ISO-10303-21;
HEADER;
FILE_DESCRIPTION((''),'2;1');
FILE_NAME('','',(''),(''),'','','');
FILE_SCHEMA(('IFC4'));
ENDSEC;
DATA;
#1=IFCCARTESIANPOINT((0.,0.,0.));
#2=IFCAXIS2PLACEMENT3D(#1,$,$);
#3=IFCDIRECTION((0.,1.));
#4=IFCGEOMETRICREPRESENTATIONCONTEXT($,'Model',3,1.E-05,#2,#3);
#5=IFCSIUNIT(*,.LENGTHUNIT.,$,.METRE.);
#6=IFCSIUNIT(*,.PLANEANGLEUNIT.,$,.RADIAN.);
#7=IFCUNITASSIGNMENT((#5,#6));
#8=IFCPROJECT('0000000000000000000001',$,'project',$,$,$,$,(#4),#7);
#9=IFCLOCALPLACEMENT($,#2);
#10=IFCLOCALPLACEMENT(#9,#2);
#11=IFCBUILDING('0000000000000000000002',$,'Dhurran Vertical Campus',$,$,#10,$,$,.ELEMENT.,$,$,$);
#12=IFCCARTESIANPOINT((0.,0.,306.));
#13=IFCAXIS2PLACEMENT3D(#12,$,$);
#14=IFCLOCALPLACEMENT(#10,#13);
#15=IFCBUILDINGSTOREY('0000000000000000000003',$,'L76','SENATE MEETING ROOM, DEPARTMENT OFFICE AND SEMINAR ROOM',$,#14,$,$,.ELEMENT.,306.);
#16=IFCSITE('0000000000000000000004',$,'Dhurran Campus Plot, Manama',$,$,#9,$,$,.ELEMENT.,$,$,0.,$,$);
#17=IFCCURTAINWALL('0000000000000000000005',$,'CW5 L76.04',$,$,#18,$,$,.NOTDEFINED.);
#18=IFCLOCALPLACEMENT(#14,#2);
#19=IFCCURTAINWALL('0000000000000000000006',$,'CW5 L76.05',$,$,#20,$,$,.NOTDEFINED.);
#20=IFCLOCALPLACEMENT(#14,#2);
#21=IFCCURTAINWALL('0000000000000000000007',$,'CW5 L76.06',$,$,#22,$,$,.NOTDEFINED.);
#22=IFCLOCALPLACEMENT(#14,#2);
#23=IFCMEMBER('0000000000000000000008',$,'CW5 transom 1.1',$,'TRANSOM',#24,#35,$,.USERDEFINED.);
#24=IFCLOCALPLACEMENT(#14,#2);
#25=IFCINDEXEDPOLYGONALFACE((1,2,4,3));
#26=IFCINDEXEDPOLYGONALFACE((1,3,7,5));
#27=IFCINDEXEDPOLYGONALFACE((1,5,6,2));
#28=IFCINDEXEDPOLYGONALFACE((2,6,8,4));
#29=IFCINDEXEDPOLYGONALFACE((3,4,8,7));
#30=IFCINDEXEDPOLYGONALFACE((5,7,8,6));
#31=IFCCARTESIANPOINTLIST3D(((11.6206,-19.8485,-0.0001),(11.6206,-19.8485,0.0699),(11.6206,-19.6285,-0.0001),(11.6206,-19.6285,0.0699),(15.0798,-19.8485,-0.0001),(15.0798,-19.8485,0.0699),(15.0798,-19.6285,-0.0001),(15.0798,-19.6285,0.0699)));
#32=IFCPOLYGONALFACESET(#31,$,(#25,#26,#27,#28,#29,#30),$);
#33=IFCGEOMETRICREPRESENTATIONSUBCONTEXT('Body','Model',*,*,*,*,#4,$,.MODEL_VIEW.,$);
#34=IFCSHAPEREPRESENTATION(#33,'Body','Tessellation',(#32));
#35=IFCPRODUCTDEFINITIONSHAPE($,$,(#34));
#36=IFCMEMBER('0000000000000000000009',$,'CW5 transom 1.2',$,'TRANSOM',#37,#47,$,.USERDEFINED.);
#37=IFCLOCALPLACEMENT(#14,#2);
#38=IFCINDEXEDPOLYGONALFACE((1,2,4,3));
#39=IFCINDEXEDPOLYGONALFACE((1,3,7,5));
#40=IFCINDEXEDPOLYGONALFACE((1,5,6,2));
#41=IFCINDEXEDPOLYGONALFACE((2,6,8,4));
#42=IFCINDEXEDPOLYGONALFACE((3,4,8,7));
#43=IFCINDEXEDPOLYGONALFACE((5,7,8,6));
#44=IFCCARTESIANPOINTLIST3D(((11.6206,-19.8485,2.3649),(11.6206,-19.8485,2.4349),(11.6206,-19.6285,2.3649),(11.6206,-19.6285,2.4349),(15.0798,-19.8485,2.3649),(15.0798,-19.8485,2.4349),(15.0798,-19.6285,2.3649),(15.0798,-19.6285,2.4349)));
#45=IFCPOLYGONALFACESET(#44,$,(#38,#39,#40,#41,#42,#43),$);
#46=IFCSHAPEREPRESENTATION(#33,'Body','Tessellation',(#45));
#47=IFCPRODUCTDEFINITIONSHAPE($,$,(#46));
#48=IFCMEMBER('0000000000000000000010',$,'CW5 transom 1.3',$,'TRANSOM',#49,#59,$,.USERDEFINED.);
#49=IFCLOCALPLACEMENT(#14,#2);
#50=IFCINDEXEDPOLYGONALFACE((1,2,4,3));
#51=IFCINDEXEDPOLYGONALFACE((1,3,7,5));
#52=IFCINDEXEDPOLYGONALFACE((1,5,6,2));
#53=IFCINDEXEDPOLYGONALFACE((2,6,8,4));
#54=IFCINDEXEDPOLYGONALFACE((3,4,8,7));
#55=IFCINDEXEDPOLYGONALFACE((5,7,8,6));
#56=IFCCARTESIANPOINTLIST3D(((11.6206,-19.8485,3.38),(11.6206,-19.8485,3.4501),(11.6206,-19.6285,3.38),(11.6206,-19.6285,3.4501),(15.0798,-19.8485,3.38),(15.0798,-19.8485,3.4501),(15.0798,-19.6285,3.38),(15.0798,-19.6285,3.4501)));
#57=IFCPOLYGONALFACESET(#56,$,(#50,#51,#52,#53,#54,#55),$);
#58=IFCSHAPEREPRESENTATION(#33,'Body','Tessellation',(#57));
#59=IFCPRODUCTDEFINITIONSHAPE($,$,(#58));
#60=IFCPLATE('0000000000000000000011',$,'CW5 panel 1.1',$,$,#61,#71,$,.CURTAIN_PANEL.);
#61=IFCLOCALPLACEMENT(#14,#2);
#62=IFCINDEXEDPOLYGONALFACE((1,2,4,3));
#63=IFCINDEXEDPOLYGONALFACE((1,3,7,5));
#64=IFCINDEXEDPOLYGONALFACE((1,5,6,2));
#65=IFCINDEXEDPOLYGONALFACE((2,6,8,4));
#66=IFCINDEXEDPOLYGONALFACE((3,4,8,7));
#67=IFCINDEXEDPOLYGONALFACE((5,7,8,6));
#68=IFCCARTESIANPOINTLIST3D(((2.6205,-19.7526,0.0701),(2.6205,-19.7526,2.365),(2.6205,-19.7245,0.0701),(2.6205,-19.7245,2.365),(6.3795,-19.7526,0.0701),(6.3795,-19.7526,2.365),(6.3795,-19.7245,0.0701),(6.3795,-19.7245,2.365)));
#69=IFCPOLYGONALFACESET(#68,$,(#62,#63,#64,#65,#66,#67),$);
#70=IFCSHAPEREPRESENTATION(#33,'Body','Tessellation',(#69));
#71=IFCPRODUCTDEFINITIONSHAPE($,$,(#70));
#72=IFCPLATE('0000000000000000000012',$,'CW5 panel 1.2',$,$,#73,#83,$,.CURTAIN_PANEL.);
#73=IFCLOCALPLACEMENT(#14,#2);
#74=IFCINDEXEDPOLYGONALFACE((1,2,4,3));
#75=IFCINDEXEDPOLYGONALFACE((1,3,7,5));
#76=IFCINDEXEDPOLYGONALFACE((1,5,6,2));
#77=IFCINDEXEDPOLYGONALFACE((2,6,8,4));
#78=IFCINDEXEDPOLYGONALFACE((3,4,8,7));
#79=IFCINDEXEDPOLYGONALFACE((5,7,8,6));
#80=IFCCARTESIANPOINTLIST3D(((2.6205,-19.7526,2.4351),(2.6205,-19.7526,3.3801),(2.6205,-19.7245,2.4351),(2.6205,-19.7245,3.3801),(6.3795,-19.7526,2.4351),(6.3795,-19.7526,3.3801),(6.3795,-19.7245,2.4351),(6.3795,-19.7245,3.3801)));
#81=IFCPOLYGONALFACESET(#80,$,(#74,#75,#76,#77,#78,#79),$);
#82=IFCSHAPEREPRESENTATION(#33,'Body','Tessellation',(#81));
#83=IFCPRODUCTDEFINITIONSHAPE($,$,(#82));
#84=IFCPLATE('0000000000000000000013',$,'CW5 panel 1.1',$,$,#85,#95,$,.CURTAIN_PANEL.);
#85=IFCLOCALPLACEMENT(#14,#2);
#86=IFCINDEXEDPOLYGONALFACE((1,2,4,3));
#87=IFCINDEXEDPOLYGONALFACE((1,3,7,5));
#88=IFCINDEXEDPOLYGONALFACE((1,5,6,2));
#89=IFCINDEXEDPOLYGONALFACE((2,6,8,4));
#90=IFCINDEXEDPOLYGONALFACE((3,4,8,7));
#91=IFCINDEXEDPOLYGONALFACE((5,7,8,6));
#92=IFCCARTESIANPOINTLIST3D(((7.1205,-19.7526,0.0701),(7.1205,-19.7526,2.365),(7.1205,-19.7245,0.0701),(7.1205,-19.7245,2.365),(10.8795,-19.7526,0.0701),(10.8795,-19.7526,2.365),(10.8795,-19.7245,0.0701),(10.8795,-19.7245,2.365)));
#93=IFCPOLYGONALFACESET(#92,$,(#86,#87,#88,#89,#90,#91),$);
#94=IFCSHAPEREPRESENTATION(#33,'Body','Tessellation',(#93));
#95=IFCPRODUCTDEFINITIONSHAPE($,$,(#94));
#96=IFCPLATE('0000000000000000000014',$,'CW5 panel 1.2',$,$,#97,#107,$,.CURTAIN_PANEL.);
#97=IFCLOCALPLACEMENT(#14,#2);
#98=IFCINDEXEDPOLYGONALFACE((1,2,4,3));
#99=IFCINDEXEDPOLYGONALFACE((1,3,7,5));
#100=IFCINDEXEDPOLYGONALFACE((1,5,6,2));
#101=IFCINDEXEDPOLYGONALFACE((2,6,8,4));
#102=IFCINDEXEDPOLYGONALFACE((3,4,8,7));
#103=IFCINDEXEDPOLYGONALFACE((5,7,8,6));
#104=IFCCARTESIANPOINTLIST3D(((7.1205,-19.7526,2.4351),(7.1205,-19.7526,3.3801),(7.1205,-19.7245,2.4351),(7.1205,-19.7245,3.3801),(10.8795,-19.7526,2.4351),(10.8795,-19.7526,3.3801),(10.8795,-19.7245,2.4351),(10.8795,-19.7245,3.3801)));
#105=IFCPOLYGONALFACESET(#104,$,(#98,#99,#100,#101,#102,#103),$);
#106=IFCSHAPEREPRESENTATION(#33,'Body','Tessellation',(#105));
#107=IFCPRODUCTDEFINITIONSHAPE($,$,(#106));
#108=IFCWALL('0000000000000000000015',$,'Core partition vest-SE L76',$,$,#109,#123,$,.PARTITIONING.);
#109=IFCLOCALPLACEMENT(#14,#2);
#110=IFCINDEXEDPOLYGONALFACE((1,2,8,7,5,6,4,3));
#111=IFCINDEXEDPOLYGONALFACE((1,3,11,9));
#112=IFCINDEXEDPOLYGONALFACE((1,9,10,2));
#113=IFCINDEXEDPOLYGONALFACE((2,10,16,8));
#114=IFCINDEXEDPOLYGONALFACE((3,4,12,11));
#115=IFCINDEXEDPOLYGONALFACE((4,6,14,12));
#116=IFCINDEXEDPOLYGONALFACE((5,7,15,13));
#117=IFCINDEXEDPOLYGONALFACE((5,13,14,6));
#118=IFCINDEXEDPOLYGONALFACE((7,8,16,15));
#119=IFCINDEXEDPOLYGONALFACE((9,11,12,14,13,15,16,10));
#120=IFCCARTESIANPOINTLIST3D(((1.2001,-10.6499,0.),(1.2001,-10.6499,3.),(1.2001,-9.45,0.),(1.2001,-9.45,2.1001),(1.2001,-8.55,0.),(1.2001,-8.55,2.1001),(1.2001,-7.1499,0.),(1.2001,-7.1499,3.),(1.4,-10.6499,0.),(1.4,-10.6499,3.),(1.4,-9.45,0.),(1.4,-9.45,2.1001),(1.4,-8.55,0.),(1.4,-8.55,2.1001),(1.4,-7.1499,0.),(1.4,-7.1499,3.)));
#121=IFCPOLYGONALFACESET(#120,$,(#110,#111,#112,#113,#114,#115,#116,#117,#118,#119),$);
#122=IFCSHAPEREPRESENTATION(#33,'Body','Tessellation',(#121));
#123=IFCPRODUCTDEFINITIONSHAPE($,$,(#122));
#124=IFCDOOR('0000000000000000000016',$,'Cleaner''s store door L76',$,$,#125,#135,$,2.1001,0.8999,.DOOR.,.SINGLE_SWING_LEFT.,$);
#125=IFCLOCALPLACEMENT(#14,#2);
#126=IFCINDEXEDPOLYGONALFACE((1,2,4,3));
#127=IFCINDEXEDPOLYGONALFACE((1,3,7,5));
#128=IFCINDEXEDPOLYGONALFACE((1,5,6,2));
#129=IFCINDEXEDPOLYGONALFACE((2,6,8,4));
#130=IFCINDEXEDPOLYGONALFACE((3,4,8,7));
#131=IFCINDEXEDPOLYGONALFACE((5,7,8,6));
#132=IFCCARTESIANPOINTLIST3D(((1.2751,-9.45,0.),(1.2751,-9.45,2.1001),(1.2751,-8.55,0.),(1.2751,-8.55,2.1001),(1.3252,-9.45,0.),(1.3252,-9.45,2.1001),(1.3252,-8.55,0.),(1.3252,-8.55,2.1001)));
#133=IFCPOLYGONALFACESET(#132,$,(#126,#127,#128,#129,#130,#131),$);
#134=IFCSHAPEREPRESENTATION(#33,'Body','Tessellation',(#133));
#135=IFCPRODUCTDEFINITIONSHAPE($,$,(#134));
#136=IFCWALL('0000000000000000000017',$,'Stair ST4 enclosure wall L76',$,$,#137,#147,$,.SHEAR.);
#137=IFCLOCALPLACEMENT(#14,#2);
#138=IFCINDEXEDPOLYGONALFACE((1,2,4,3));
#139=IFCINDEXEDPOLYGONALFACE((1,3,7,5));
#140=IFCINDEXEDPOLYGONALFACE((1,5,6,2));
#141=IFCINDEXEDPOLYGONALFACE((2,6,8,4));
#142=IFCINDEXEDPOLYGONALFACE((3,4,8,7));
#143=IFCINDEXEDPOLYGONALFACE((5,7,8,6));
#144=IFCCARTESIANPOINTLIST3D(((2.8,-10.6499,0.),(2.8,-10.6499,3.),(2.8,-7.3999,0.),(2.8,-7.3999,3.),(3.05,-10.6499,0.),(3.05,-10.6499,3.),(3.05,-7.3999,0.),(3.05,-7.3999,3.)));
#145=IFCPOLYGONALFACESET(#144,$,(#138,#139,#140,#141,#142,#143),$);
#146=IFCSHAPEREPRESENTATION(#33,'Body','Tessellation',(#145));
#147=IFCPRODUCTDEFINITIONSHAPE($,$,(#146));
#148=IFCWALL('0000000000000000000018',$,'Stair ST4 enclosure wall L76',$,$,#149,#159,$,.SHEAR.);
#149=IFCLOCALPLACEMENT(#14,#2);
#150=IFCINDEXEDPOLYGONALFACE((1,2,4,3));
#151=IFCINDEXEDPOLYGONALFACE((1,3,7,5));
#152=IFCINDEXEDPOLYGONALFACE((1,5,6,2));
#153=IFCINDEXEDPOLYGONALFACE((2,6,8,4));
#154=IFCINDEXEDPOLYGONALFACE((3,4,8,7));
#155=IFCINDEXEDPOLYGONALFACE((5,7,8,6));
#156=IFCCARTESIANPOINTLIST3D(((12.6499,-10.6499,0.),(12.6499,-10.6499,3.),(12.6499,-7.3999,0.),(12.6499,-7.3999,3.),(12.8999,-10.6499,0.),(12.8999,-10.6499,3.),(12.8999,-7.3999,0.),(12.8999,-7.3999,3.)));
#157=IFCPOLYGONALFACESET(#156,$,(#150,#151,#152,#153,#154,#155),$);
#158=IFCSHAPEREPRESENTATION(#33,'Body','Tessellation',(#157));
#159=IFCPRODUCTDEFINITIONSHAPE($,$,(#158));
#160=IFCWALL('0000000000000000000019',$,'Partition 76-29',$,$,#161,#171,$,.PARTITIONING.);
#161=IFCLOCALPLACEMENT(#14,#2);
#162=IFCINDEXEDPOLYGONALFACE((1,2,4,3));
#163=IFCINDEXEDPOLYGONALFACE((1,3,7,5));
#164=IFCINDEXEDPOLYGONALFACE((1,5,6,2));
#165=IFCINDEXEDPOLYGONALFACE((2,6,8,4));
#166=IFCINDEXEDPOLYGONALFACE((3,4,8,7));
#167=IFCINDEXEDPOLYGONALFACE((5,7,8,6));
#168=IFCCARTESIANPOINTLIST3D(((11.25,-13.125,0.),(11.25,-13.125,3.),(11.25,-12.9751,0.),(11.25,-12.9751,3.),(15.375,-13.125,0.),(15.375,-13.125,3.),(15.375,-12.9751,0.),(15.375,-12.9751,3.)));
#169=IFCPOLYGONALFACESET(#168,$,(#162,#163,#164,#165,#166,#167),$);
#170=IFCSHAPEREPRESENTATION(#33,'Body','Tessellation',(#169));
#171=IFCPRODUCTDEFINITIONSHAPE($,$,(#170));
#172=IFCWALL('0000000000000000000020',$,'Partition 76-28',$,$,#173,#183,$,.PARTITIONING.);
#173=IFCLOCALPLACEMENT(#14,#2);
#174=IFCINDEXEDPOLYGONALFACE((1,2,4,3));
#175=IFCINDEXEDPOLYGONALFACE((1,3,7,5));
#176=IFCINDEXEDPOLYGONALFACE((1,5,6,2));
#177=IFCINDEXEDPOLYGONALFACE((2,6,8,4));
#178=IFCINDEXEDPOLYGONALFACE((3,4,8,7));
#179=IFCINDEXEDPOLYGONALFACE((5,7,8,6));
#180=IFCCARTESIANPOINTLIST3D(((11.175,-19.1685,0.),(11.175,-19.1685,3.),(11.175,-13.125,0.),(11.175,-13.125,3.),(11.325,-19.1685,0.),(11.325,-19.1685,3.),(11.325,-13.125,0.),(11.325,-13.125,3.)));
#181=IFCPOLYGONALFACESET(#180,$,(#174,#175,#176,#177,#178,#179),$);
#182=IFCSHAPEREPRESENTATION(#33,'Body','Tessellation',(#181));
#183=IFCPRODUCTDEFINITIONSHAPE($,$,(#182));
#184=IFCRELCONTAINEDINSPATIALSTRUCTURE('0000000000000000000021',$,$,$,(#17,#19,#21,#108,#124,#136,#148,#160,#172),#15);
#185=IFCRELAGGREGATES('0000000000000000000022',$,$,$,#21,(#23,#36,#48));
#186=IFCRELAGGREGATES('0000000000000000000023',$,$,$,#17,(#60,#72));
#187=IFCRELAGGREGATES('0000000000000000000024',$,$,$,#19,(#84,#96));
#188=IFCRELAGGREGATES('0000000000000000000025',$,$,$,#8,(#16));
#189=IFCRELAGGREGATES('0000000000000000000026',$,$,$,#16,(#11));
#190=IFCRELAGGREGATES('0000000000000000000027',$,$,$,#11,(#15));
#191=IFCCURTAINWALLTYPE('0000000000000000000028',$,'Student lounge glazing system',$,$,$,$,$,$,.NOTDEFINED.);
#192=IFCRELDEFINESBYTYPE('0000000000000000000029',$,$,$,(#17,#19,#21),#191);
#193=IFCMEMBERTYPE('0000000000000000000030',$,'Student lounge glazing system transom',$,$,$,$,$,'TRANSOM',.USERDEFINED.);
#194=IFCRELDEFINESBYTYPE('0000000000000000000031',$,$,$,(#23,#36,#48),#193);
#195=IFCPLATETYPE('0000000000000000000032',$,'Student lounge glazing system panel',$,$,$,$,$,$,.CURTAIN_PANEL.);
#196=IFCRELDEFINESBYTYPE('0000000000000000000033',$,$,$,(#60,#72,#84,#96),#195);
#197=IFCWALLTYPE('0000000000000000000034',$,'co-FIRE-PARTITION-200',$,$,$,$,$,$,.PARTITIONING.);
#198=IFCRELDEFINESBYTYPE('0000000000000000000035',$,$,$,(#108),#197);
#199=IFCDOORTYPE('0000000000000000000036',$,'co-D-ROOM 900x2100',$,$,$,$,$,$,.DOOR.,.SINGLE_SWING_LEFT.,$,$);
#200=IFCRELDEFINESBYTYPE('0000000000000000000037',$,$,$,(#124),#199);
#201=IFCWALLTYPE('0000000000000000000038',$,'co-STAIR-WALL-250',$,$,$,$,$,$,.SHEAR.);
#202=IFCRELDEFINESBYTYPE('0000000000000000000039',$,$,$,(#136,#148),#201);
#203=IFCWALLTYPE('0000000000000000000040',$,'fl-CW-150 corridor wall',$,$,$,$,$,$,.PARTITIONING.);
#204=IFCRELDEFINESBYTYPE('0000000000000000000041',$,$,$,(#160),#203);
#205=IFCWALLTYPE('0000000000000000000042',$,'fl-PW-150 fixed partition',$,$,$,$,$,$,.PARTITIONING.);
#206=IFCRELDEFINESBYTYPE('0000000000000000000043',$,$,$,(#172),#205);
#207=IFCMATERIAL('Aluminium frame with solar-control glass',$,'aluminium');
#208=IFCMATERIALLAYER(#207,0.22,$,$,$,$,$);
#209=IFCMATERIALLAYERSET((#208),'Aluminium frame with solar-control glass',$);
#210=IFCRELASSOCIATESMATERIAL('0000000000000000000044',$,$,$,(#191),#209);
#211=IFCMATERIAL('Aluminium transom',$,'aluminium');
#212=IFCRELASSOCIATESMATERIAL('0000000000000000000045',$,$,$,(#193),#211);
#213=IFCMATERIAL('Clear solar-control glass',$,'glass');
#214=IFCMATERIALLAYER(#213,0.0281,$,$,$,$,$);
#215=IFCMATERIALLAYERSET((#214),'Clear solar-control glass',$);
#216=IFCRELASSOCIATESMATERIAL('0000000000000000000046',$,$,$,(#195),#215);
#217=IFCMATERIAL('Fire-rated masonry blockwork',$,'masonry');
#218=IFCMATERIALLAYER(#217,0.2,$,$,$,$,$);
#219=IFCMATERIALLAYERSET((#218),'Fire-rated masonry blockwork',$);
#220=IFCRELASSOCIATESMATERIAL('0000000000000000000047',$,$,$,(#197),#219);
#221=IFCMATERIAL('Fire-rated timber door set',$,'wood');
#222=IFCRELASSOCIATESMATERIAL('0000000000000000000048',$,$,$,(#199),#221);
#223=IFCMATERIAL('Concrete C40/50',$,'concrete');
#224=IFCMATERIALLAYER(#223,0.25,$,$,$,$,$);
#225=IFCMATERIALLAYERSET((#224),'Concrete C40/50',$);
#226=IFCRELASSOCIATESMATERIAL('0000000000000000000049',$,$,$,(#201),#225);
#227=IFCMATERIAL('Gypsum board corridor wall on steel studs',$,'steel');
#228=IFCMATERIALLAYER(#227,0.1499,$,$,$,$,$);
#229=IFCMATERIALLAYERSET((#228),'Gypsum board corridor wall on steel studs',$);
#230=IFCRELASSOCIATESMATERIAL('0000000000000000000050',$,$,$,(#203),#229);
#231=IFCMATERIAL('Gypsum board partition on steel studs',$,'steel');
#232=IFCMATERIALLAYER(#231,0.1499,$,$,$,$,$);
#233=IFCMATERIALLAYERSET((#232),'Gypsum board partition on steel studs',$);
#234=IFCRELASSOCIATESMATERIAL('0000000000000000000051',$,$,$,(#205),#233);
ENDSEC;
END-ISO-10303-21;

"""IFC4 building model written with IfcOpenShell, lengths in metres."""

from ifc_helpers import new_model, si_unit, direction, frame, frame_2d, origin, origin_2d, place, context, subcontext, project, spatial, rectangle, extrude, material, layer, layer_set, material_profile, profile_set, type_object, element, fill, aggregate, save


model = new_model("IFC4")

# Units and contexts
model_context = context("Model", 3, precision=1e-05, world=origin(), true_north=direction((0.0, 1.0)))
body_context = subcontext(model_context, "Body", "Model", "MODEL_VIEW")
ifc_project = project(units=[si_unit("LENGTHUNIT", "METRE"), si_unit("PLANEANGLEUNIT", "RADIAN")], contexts=[model_context])

# Site, building, storey
site_placement = place(None, origin())
site = spatial("IfcSite", under=ifc_project, at=site_placement, Name="Dhurran Campus Plot, Manama", CompositionType="ELEMENT", RefElevation=0.0)
building_placement = place(site_placement, origin())
building = spatial("IfcBuilding", under=site, at=building_placement, Name="Dhurran Vertical Campus", CompositionType="ELEMENT")
storey_placement = place(building_placement, frame((0.0, 0.0, 306.0)))
storey = spatial("IfcBuildingStorey", under=building, at=storey_placement, Name="L76", Description="SENATE MEETING ROOM, DEPARTMENT OFFICE AND SEMINAR ROOM", CompositionType="ELEMENT", Elevation=306.0)

# Shared definitions
ifc_material_1 = material(Name="Aluminium frame with solar-control glass", Category="aluminium")
ifc_layer_1 = layer(ifc_material_1, 0.22)
ifc_layer_set_1 = layer_set([ifc_layer_1], Name="Aluminium frame with solar-control glass")
curtain_wall_type = type_object("IfcCurtainWallType", Name="Student lounge glazing system", PredefinedType="NOTDEFINED", material=ifc_layer_set_1)

# Curtain walls
curtain_wall_1_placement = place(storey_placement, origin())
curtain_wall_1 = element("IfcCurtainWall", 1, at=curtain_wall_1_placement, inside=storey, type_object=curtain_wall_type, Name="CW5 L76.04", PredefinedType="NOTDEFINED")
curtain_wall_2_placement = place(storey_placement, origin())
curtain_wall_2 = element("IfcCurtainWall", 2, at=curtain_wall_2_placement, inside=storey, type_object=curtain_wall_type, Name="CW5 L76.05", PredefinedType="NOTDEFINED")

# Curtain wall
curtain_wall_3_placement = place(storey_placement, origin())
curtain_wall_3 = element("IfcCurtainWall", 3, at=curtain_wall_3_placement, inside=storey, type_object=curtain_wall_type, Name="CW5 L76.06", PredefinedType="NOTDEFINED")

# Members
ifc_material_2 = material(Name="Aluminium transom", Category="aluminium")
ifc_material_profile_1 = material_profile(ifc_material_2, rectangle(XDim=0.22, YDim=0.0701, at=origin_2d()), Name="Student lounge glazing system transom")
ifc_profile_set_1 = profile_set([ifc_material_profile_1], Name="Aluminium transom")
member_type_1 = type_object("IfcMemberType", Name="Student lounge glazing system transom", ElementType="TRANSOM", PredefinedType="USERDEFINED", material=ifc_profile_set_1)
member_1_placement = place(storey_placement, frame((11.6206, -19.7385, 0.0349), z_axis=(1.0, 0.0, 0.0), x_axis=(0.0, 1.0, 0.0)))
member_1 = element("IfcMember", 4, at=member_1_placement, type_object=member_type_1, Name="CW5 transom 1.1", ObjectType="TRANSOM", PredefinedType="USERDEFINED", context=body_context, shape_type="SweptSolid", body=[
    extrude(rectangle(XDim=0.22, YDim=0.0701, at=origin_2d()), origin(), (0.0, 0.0, 1.0), 3.4592),
])
member_2_placement = place(storey_placement, frame((11.6206, -19.7385, 2.3999), z_axis=(1.0, 0.0, 0.0), x_axis=(0.0, 1.0, 0.0)))
member_2 = element("IfcMember", 5, at=member_2_placement, type_object=member_type_1, Name="CW5 transom 1.2", ObjectType="TRANSOM", PredefinedType="USERDEFINED", context=body_context, shape_type="SweptSolid", body=[
    extrude(rectangle(XDim=0.22, YDim=0.0701, at=origin_2d()), origin(), (0.0, 0.0, 1.0), 3.4592),
])
member_3_placement = place(storey_placement, frame((11.6206, -19.7385, 3.415), z_axis=(1.0, 0.0, 0.0), x_axis=(0.0, 1.0, 0.0)))
member_3 = element("IfcMember", 6, at=member_3_placement, type_object=member_type_1, Name="CW5 transom 1.3", ObjectType="TRANSOM", PredefinedType="USERDEFINED", context=body_context, shape_type="SweptSolid", body=[
    extrude(rectangle(XDim=0.22, YDim=0.0701, at=origin_2d()), origin(), (0.0, 0.0, 1.0), 3.4592),
])
aggregate(curtain_wall_3, [member_1, member_2, member_3])

# Plates
ifc_material_3 = material(Name="Clear solar-control glass", Category="glass")
ifc_layer_2 = layer(ifc_material_3, 0.0281)
ifc_layer_set_2 = layer_set([ifc_layer_2], Name="Clear solar-control glass")
plate_type = type_object("IfcPlateType", Name="Student lounge glazing system panel", PredefinedType="CURTAIN_PANEL", material=ifc_layer_set_2)
plate_1_placement = place(storey_placement, frame((4.5, -19.7385, 0.0701), z_axis=(0.0, 0.0, 1.0), x_axis=(1.0, 0.0, 0.0)))
plate_1 = element("IfcPlate", 7, at=plate_1_placement, type_object=plate_type, Name="CW5 panel 1.1", PredefinedType="CURTAIN_PANEL", context=body_context, shape_type="SweptSolid", body=[
    extrude(rectangle(XDim=3.759, YDim=0.0281, at=origin_2d()), origin(), (0.0, 0.0, 1.0), 2.2949),
])
plate_2_placement = place(storey_placement, frame((4.5, -19.7385, 2.4351), z_axis=(0.0, 0.0, 1.0), x_axis=(1.0, 0.0, 0.0)))
plate_2 = element("IfcPlate", 8, at=plate_2_placement, type_object=plate_type, Name="CW5 panel 1.2", PredefinedType="CURTAIN_PANEL", context=body_context, shape_type="SweptSolid", body=[
    extrude(rectangle(XDim=3.759, YDim=0.0281, at=origin_2d()), origin(), (0.0, 0.0, 1.0), 0.9451),
])
aggregate(curtain_wall_1, [plate_1, plate_2])
plate_3_placement = place(storey_placement, frame((9.0, -19.7385, 0.0701), z_axis=(0.0, 0.0, 1.0), x_axis=(1.0, 0.0, 0.0)))
plate_3 = element("IfcPlate", 9, at=plate_3_placement, type_object=plate_type, Name="CW5 panel 1.1", PredefinedType="CURTAIN_PANEL", context=body_context, shape_type="SweptSolid", body=[
    extrude(rectangle(XDim=3.759, YDim=0.0281, at=origin_2d()), origin(), (0.0, 0.0, 1.0), 2.2949),
])
plate_4_placement = place(storey_placement, frame((9.0, -19.7385, 2.4351), z_axis=(0.0, 0.0, 1.0), x_axis=(1.0, 0.0, 0.0)))
plate_4 = element("IfcPlate", 10, at=plate_4_placement, type_object=plate_type, Name="CW5 panel 1.2", PredefinedType="CURTAIN_PANEL", context=body_context, shape_type="SweptSolid", body=[
    extrude(rectangle(XDim=3.759, YDim=0.0281, at=origin_2d()), origin(), (0.0, 0.0, 1.0), 0.9451),
])
aggregate(curtain_wall_2, [plate_3, plate_4])

# Wall, opening, door
ifc_material_4 = material(Name="Fire-rated masonry blockwork", Category="masonry")
ifc_layer_3 = layer(ifc_material_4, 0.2)
ifc_layer_set_3 = layer_set([ifc_layer_3], Name="Fire-rated masonry blockwork")
wall_type_1 = type_object("IfcWallType", Name="co-FIRE-PARTITION-200", PredefinedType="PARTITIONING", material=ifc_layer_set_3)
wall_1_placement = place(storey_placement, frame((1.3, -10.6499, 0.0), z_axis=(0.0, 0.0, 1.0), x_axis=(0.0, 1.0, 0.0)))
wall_1 = element("IfcWall", 11, at=wall_1_placement, inside=storey, type_object=wall_type_1, Name="Core partition vest-SE L76", PredefinedType="PARTITIONING", context=body_context, shape_type="SweptSolid", body=[
    extrude(rectangle(XDim=3.5, YDim=0.2, at=frame_2d((1.75, 0.0))), origin(), (0.0, 0.0, 1.0), 3.0),
])
opening_placement = place(wall_1_placement, frame((1.2, 0.0, 0.0)))
opening = element("IfcOpeningElement", 12, at=opening_placement, cuts=wall_1, PredefinedType="OPENING", context=body_context, shape_type="SweptSolid", body=[
    extrude(rectangle(XDim=0.8999, YDim=2.1001, at=frame_2d((0.45, 1.05))), frame((0.0, 0.1099, 0.0), z_axis=(0.0, -1.0, 0.0), x_axis=(1.0, 0.0, 0.0)), (0.0, 0.0, 1.0), 0.22),
])
ifc_material_5 = material(Name="Fire-rated timber door set", Category="wood")
door_type = type_object("IfcDoorType", Name="co-D-ROOM 900x2100", OperationType="SINGLE_SWING_LEFT", PredefinedType="DOOR", material=ifc_material_5)
door_placement = place(opening_placement, origin())
door = element("IfcDoor", 13, at=door_placement, inside=storey, type_object=door_type, Name="Cleaner's store door L76", OperationType="SINGLE_SWING_LEFT", OverallHeight=2.1001, OverallWidth=0.8999, PredefinedType="DOOR", context=body_context, shape_type="SweptSolid", body=[
    extrude(rectangle(XDim=0.8999, YDim=2.1001, at=frame_2d((0.45, 1.05))), frame((0.0, 0.0249, 0.0), z_axis=(0.0, -1.0, 0.0), x_axis=(1.0, 0.0, 0.0)), (0.0, 0.0, 1.0), 0.05),
])
fill(opening, door)

# Walls
ifc_material_6 = material(Name="Concrete C40/50", Category="concrete")
ifc_layer_4 = layer(ifc_material_6, 0.25)
ifc_layer_set_4 = layer_set([ifc_layer_4], Name="Concrete C40/50")
wall_type_2 = type_object("IfcWallType", Name="co-STAIR-WALL-250", PredefinedType="SHEAR", material=ifc_layer_set_4)
for number, where, z_axis, x_axis, name in (
    (14, (2.925, -10.6499, 0.0), (0.0, 0.0, 1.0), (0.0, 1.0, 0.0), "Stair ST4 enclosure wall L76"),
    (15, (12.7749, -10.6499, 0.0), (0.0, 0.0, 1.0), (0.0, 1.0, 0.0), "Stair ST4 enclosure wall L76"),
):
    element("IfcWall", number, at=place(storey_placement, frame(where, z_axis=z_axis, x_axis=x_axis)), inside=storey, type_object=wall_type_2, Name=name, PredefinedType="SHEAR", context=body_context, shape_type="SweptSolid", body=[
        extrude(rectangle(XDim=3.25, YDim=0.25, at=frame_2d((1.625, 0.0))), origin(), (0.0, 0.0, 1.0), 3.0),
    ])
ifc_material_7 = material(Name="Gypsum board corridor wall on steel studs", Category="steel")
ifc_layer_5 = layer(ifc_material_7, 0.1499)
ifc_layer_set_5 = layer_set([ifc_layer_5], Name="Gypsum board corridor wall on steel studs")
wall_type_3 = type_object("IfcWallType", Name="fl-CW-150 corridor wall", PredefinedType="PARTITIONING", material=ifc_layer_set_5)
wall_2_placement = place(storey_placement, frame((11.25, -13.05, 0.0), z_axis=(0.0, 0.0, 1.0), x_axis=(1.0, 0.0, 0.0)))
element("IfcWall", 16, at=wall_2_placement, inside=storey, type_object=wall_type_3, Name="Partition 76-29", PredefinedType="PARTITIONING", context=body_context, shape_type="SweptSolid", body=[
    extrude(rectangle(XDim=4.125, YDim=0.1499, at=frame_2d((2.0625, 0.0))), origin(), (0.0, 0.0, 1.0), 3.0),
])
ifc_material_8 = material(Name="Gypsum board partition on steel studs", Category="steel")
ifc_layer_6 = layer(ifc_material_8, 0.1499)
ifc_layer_set_6 = layer_set([ifc_layer_6], Name="Gypsum board partition on steel studs")
wall_type_4 = type_object("IfcWallType", Name="fl-PW-150 fixed partition", PredefinedType="PARTITIONING", material=ifc_layer_set_6)
wall_3_placement = place(storey_placement, frame((11.25, -13.125, 0.0), z_axis=(0.0, 0.0, 1.0), x_axis=(0.0, -1.0, 0.0)))
element("IfcWall", 17, at=wall_3_placement, inside=storey, type_object=wall_type_4, Name="Partition 76-28", PredefinedType="PARTITIONING", context=body_context, shape_type="SweptSolid", body=[
    extrude(rectangle(XDim=6.0435, YDim=0.1499, at=frame_2d((3.0217, 0.0))), origin(), (0.0, 0.0, 1.0), 3.0),
])

save(model, "model.ifc")
